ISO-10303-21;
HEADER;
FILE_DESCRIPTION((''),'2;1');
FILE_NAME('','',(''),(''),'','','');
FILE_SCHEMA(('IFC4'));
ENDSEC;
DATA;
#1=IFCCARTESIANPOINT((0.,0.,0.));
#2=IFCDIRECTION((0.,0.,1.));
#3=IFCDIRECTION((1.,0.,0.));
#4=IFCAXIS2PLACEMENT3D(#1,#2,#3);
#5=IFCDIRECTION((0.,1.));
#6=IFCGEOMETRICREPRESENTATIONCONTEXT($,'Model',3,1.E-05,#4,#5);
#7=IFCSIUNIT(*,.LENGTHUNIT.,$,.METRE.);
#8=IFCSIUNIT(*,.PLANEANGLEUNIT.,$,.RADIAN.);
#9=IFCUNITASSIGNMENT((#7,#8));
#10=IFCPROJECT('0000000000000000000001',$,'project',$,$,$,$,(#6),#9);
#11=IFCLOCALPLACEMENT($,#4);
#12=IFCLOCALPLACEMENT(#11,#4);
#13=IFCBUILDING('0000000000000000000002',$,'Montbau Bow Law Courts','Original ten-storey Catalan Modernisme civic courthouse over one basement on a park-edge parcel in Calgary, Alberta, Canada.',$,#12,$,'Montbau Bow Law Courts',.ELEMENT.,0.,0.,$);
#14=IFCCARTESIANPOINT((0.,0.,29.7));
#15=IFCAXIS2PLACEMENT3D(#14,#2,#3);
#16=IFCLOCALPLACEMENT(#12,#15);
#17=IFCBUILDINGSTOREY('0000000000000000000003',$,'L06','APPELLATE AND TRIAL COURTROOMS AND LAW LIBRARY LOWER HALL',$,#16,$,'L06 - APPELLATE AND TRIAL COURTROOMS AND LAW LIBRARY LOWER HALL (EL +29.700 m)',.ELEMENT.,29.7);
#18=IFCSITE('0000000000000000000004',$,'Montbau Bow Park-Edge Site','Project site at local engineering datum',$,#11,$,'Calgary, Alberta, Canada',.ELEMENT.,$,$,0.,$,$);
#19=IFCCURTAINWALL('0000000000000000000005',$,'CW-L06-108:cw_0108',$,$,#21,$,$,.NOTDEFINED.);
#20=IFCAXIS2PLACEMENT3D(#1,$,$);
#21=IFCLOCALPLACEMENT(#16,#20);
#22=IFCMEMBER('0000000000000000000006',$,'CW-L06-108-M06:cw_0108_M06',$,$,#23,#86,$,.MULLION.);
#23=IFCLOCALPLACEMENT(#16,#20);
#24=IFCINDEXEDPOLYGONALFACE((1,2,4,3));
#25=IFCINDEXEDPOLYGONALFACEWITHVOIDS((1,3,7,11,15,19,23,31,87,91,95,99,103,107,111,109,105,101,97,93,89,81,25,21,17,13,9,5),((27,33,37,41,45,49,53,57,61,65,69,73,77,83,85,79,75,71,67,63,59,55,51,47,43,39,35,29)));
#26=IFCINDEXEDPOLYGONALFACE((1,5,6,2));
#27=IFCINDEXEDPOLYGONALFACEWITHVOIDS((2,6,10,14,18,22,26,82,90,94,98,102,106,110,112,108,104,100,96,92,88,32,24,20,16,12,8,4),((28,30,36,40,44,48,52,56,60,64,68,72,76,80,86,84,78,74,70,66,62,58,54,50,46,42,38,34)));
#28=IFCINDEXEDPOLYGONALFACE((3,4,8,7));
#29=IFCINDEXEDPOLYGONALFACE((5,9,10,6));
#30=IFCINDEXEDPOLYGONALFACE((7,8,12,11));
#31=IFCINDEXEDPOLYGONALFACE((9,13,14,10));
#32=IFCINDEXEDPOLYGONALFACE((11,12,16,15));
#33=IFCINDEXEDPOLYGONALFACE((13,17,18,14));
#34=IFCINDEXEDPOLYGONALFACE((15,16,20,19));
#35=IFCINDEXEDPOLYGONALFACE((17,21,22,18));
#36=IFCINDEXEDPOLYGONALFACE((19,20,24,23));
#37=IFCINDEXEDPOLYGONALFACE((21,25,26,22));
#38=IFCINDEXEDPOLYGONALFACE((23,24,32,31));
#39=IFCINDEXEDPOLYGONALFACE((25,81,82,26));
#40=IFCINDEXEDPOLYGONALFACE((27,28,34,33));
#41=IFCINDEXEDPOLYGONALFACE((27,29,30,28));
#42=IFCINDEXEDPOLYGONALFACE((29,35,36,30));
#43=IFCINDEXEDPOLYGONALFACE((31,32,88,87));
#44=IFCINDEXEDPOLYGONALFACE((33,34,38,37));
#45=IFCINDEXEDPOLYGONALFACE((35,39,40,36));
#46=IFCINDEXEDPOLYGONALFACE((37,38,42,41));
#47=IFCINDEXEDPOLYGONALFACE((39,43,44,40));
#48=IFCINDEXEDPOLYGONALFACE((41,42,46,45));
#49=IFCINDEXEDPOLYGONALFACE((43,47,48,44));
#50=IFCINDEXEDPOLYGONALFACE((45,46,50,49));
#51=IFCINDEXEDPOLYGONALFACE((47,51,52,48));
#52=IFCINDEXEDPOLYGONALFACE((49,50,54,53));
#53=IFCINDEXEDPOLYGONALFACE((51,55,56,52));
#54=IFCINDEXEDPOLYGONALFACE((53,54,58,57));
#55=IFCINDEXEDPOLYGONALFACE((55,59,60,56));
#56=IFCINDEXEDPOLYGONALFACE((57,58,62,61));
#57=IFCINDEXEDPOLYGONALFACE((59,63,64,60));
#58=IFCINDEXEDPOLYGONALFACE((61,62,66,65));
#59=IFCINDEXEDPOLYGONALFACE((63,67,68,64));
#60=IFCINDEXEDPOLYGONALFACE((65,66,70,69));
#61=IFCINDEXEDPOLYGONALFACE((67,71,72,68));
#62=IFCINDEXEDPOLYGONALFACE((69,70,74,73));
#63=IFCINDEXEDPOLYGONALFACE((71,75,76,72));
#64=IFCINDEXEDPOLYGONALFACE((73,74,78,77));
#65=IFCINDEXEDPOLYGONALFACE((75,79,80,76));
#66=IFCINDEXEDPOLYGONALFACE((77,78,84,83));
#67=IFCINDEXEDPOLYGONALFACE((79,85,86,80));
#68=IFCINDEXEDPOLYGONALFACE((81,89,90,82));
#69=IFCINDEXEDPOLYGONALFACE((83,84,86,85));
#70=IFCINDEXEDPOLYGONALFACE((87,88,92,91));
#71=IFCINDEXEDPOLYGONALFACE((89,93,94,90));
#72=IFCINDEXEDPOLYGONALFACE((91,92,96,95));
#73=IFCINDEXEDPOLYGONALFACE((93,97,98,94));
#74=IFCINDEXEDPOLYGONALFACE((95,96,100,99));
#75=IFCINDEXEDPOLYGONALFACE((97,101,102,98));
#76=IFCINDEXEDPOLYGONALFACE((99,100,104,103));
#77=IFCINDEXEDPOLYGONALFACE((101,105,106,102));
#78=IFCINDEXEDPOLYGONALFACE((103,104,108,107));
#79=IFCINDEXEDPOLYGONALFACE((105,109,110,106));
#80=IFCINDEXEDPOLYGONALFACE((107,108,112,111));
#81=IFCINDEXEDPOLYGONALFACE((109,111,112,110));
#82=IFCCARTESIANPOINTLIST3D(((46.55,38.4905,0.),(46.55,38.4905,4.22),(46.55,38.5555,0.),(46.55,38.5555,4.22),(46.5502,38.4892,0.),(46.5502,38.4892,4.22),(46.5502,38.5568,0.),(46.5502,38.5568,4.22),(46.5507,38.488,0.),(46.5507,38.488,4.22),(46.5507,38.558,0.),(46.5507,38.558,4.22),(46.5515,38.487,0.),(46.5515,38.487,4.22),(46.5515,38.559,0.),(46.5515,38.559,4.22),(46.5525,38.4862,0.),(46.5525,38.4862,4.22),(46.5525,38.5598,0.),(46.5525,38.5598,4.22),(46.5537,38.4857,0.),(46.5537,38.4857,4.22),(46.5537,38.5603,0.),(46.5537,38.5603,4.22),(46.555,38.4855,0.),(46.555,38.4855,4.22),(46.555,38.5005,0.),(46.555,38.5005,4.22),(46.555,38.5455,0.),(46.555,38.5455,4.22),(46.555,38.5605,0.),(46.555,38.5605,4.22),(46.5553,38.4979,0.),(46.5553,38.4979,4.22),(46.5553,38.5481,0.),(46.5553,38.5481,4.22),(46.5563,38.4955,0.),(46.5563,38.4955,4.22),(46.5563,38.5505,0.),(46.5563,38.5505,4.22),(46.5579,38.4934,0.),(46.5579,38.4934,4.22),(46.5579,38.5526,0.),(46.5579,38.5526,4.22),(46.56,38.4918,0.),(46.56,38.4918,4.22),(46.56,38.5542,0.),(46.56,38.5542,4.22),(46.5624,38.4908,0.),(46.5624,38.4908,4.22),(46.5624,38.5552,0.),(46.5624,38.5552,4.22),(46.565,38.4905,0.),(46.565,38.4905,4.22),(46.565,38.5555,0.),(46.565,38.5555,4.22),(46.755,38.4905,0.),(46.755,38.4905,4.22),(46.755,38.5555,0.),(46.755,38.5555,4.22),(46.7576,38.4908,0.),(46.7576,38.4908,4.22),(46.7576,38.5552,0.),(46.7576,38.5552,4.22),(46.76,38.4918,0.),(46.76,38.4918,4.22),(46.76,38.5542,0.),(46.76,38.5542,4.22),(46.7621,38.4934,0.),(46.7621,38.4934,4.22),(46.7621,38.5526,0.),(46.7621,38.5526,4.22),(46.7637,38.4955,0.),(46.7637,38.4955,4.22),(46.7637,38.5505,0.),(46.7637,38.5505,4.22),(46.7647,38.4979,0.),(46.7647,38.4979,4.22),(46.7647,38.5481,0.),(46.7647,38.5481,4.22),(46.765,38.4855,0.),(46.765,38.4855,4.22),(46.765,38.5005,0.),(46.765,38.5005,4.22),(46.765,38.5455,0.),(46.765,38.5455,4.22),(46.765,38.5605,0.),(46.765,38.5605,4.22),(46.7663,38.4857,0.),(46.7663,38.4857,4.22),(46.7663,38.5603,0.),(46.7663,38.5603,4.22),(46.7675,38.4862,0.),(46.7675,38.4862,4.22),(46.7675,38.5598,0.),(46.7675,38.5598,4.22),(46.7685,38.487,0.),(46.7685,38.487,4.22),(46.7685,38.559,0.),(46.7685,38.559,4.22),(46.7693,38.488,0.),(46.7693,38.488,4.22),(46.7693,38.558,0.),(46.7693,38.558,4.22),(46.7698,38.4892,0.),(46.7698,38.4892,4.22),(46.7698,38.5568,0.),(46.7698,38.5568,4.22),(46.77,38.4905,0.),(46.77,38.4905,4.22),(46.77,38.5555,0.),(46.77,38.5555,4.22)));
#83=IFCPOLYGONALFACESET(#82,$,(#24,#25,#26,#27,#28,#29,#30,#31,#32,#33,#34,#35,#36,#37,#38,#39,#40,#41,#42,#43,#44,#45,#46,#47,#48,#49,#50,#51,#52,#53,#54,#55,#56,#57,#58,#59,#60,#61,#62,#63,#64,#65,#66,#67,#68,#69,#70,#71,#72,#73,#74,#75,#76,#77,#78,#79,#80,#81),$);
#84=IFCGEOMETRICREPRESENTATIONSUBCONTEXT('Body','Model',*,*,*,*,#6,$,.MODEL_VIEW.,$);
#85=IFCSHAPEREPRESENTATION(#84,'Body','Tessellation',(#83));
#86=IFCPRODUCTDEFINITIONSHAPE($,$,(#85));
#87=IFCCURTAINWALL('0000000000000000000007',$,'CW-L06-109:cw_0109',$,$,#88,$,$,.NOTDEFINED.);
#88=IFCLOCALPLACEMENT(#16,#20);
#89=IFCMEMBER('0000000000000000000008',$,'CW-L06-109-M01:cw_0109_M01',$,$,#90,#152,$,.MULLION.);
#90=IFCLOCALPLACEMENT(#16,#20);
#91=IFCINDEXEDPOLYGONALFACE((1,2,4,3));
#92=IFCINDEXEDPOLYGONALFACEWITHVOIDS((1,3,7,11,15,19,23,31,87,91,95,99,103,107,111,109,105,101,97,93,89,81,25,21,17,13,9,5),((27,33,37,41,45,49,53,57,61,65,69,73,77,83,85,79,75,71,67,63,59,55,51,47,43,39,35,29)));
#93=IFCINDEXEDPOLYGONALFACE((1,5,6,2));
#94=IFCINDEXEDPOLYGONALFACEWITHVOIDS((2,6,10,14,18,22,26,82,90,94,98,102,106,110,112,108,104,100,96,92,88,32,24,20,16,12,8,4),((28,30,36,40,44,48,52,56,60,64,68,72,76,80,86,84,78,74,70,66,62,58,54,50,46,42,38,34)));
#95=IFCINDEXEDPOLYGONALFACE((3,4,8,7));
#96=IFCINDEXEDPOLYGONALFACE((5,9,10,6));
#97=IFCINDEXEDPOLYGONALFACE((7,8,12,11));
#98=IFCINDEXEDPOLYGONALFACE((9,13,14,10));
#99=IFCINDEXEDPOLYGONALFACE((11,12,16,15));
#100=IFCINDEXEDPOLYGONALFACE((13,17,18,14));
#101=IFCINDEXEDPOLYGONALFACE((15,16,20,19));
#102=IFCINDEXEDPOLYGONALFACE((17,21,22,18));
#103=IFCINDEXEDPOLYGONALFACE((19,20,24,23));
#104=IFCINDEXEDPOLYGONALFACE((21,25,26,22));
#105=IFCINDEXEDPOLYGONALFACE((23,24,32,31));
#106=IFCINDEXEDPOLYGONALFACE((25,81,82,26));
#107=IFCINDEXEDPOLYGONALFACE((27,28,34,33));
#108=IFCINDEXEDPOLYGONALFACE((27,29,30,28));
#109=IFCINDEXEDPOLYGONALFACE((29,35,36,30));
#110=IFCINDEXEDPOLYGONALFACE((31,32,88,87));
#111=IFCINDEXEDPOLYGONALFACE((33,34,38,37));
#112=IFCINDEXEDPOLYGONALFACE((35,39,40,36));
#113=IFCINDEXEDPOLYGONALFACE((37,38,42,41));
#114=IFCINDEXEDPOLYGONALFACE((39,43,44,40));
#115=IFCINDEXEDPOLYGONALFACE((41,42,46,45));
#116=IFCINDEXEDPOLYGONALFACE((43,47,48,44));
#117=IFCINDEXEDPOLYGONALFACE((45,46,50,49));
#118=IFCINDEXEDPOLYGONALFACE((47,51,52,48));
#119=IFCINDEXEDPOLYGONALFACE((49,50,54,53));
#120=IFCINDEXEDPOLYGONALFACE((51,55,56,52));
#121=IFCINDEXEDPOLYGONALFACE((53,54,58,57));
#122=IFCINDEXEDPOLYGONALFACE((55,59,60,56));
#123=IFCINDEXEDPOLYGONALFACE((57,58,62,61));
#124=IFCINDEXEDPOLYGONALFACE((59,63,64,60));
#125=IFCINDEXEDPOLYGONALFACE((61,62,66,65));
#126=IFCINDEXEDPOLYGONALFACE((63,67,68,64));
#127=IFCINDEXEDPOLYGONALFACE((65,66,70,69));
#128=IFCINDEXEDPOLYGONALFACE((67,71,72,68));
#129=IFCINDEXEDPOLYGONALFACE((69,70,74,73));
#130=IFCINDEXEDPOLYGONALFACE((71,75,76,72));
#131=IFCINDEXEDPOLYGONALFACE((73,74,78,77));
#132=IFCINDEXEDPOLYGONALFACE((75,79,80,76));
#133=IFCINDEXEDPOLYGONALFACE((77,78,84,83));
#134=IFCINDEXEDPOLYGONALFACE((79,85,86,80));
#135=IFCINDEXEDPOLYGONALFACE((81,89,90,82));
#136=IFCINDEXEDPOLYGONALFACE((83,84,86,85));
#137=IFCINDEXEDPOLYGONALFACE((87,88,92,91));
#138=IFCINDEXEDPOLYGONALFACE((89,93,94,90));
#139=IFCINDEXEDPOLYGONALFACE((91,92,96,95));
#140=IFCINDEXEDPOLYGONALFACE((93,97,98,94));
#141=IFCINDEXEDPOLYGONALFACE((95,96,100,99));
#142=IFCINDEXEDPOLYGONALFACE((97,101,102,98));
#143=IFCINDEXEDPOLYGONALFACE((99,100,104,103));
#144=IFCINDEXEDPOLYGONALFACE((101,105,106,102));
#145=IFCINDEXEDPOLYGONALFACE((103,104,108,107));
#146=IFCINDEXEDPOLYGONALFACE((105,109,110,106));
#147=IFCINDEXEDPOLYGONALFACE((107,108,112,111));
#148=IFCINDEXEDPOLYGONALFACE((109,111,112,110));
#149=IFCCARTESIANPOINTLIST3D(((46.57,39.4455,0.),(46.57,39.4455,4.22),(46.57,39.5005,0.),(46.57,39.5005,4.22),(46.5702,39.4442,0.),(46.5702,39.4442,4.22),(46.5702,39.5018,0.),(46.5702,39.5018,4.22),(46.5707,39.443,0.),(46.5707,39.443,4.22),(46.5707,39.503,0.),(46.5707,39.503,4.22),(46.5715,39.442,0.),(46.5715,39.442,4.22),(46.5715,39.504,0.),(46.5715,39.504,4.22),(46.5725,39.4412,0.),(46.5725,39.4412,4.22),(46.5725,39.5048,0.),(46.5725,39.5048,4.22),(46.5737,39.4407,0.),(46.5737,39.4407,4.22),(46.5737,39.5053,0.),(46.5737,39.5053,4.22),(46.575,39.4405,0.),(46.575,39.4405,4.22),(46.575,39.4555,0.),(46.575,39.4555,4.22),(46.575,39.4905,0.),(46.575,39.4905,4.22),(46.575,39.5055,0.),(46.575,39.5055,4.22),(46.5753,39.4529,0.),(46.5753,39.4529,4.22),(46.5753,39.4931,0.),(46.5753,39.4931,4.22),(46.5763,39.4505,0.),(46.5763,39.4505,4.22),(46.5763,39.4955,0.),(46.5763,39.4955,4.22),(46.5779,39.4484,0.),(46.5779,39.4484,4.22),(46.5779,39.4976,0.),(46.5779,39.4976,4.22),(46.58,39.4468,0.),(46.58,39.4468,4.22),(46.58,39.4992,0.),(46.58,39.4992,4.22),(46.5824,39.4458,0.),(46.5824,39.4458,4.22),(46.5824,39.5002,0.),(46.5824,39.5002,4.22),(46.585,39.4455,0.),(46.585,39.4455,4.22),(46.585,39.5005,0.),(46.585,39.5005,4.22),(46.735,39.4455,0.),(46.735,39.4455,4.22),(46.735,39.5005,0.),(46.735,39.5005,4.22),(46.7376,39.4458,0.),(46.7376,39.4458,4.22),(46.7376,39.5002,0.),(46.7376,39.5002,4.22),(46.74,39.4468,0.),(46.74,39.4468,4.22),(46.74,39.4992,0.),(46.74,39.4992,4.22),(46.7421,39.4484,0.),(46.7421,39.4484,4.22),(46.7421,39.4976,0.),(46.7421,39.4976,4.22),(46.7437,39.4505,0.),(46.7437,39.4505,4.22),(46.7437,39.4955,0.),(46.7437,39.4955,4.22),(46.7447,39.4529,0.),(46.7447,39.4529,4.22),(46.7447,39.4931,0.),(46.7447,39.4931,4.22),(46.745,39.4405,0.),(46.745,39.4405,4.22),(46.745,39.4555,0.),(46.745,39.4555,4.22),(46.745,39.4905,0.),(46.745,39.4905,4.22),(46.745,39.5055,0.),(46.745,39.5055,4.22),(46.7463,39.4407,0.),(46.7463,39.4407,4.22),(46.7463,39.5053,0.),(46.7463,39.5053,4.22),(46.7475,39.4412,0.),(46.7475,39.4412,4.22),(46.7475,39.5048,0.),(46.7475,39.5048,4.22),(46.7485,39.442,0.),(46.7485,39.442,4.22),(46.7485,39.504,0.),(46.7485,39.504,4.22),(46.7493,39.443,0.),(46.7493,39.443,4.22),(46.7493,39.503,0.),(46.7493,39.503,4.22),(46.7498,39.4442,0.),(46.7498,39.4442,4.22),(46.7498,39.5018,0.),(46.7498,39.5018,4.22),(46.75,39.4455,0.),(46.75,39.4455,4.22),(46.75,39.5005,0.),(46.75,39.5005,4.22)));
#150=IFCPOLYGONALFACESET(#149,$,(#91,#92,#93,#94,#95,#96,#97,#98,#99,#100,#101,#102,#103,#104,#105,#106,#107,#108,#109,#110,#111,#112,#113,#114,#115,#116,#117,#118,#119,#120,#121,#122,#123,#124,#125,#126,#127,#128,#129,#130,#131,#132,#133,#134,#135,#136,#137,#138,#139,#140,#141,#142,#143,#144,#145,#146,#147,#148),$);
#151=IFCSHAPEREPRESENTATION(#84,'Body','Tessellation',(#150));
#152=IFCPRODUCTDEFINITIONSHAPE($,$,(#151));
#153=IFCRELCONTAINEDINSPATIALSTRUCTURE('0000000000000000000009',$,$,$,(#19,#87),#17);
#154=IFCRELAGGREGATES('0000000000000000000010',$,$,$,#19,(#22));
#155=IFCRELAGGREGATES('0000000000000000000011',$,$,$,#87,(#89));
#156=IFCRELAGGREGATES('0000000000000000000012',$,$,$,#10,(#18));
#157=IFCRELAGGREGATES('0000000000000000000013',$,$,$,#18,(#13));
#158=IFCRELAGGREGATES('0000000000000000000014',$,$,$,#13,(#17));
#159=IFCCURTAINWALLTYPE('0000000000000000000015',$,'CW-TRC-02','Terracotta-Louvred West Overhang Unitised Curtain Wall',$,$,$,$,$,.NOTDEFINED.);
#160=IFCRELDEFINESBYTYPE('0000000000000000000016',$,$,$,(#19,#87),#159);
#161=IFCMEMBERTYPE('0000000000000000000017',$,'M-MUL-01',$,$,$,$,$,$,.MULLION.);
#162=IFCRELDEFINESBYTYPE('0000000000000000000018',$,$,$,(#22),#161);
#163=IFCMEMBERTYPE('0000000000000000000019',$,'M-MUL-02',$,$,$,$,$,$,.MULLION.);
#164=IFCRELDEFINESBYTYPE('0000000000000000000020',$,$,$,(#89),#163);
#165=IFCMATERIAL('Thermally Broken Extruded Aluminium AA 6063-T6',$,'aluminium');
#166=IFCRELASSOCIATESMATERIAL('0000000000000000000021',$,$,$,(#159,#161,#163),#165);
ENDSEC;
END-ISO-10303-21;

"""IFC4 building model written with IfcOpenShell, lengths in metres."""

from ifc_helpers import new_model, si_unit, direction, frame, origin_with_axes, origin_2d_with_axis, place, context, subcontext, project, spatial, hollow_rectangle, extrude, material, material_profile, profile_set, type_object, element, aggregate, save


model = new_model("IFC4")

# Units and contexts
model_context = context("Model", 3, precision=1e-05, world=origin_with_axes(), true_north=direction((0.0, 1.0)))
body_context = subcontext(model_context, "Body", "Model", "MODEL_VIEW")
ifc_project = project(units=[si_unit("LENGTHUNIT", "METRE"), si_unit("PLANEANGLEUNIT", "RADIAN")], contexts=[model_context])

# Site, building, storey
site_placement = place(None, origin_with_axes())
site = spatial("IfcSite", under=ifc_project, at=site_placement, Name="Montbau Bow Park-Edge Site", Description="Project site at local engineering datum", LongName="Calgary, Alberta, Canada", CompositionType="ELEMENT", RefElevation=0.0)
building_placement = place(site_placement, origin_with_axes())
building = spatial("IfcBuilding", under=site, at=building_placement, Name="Montbau Bow Law Courts", Description="Original ten-storey Catalan Modernisme civic courthouse over one basement on a park-edge parcel in Calgary, Alberta, Canada.", LongName="Montbau Bow Law Courts", CompositionType="ELEMENT", ElevationOfRefHeight=0.0, ElevationOfTerrain=0.0)
storey_placement = place(building_placement, frame((0.0, 0.0, 29.7), z_axis=(0.0, 0.0, 1.0), x_axis=(1.0, 0.0, 0.0)))
storey = spatial("IfcBuildingStorey", under=building, at=storey_placement, Name="L06", Description="APPELLATE AND TRIAL COURTROOMS AND LAW LIBRARY LOWER HALL", LongName="L06 - APPELLATE AND TRIAL COURTROOMS AND LAW LIBRARY LOWER HALL (EL +29.700 m)", CompositionType="ELEMENT", Elevation=29.7)

# Curtain wall, member
ifc_material_1 = material(Name="Thermally Broken Extruded Aluminium AA 6063-T6", Category="aluminium")
curtain_wall_type = type_object("IfcCurtainWallType", Name="CW-TRC-02", Description="Terracotta-Louvred West Overhang Unitised Curtain Wall", PredefinedType="NOTDEFINED", material=ifc_material_1)
curtain_wall_1_placement = place(None, frame((46.66, 31.04, 29.7), z_axis=(0.0, 0.0, 1.0), x_axis=(1.0, 0.0, 0.0)))
curtain_wall_1 = element("IfcCurtainWall", 1, at=curtain_wall_1_placement, inside=storey, type_object=curtain_wall_type, Name="CW-L06-108:cw_0108", PredefinedType="NOTDEFINED")
ifc_material_profile_1 = material_profile(ifc_material_1, hollow_rectangle(XDim=0.075, YDim=0.22, WallThickness=0.005, InnerFilletRadius=0.01, OuterFilletRadius=0.005, at=origin_2d_with_axis()), Name="CWM-220X75", Category="Main", Priority=0)
ifc_profile_set_1 = profile_set([ifc_material_profile_1], Name="Thermally Broken Extruded Aluminium AA 6063-T6")
member_type_1 = type_object("IfcMemberType", Name="M-MUL-01", PredefinedType="MULLION", material=ifc_profile_set_1)
member_1_placement = place(None, frame((46.66, 38.523, 29.7), z_axis=(0.0, 0.0, 1.0), x_axis=(0.0, 1.0, 0.0)))
member_1 = element("IfcMember", 2, at=member_1_placement, type_object=member_type_1, Name="CW-L06-108-M06:cw_0108_M06", PredefinedType="MULLION", context=body_context, shape_type="SweptSolid", body=[
    extrude(hollow_rectangle(XDim=0.075, YDim=0.22, WallThickness=0.005, InnerFilletRadius=0.01, OuterFilletRadius=0.005, at=origin_2d_with_axis()), origin_with_axes(), (0.0, 0.0, 1.0), 4.22),
])

# Curtain wall, member
curtain_wall_2_placement = place(None, frame((46.66, 39.44, 29.7), z_axis=(0.0, 0.0, 1.0), x_axis=(1.0, 0.0, 0.0)))
curtain_wall_2 = element("IfcCurtainWall", 3, at=curtain_wall_2_placement, inside=storey, type_object=curtain_wall_type, Name="CW-L06-109:cw_0109", PredefinedType="NOTDEFINED")
ifc_material_profile_2 = material_profile(ifc_material_1, hollow_rectangle(XDim=0.065, YDim=0.18, WallThickness=0.005, InnerFilletRadius=0.01, OuterFilletRadius=0.005, at=origin_2d_with_axis()), Name="CWM-180X65", Category="Main", Priority=0)
ifc_profile_set_2 = profile_set([ifc_material_profile_2], Name="Thermally Broken Extruded Aluminium AA 6063-T6")
member_type_2 = type_object("IfcMemberType", Name="M-MUL-02", PredefinedType="MULLION", material=ifc_profile_set_2)
member_2_placement = place(None, frame((46.66, 39.473, 29.7), z_axis=(0.0, 0.0, 1.0), x_axis=(0.0, 1.0, 0.0)))
member_2 = element("IfcMember", 4, at=member_2_placement, type_object=member_type_2, Name="CW-L06-109-M01:cw_0109_M01", PredefinedType="MULLION", context=body_context, shape_type="SweptSolid", body=[
    extrude(hollow_rectangle(XDim=0.065, YDim=0.18, WallThickness=0.005, InnerFilletRadius=0.01, OuterFilletRadius=0.005, at=origin_2d_with_axis()), origin_with_axes(), (0.0, 0.0, 1.0), 4.22),
])

aggregate(curtain_wall_1, [member_1])
aggregate(curtain_wall_2, [member_2])

save(model, "model.ifc")
